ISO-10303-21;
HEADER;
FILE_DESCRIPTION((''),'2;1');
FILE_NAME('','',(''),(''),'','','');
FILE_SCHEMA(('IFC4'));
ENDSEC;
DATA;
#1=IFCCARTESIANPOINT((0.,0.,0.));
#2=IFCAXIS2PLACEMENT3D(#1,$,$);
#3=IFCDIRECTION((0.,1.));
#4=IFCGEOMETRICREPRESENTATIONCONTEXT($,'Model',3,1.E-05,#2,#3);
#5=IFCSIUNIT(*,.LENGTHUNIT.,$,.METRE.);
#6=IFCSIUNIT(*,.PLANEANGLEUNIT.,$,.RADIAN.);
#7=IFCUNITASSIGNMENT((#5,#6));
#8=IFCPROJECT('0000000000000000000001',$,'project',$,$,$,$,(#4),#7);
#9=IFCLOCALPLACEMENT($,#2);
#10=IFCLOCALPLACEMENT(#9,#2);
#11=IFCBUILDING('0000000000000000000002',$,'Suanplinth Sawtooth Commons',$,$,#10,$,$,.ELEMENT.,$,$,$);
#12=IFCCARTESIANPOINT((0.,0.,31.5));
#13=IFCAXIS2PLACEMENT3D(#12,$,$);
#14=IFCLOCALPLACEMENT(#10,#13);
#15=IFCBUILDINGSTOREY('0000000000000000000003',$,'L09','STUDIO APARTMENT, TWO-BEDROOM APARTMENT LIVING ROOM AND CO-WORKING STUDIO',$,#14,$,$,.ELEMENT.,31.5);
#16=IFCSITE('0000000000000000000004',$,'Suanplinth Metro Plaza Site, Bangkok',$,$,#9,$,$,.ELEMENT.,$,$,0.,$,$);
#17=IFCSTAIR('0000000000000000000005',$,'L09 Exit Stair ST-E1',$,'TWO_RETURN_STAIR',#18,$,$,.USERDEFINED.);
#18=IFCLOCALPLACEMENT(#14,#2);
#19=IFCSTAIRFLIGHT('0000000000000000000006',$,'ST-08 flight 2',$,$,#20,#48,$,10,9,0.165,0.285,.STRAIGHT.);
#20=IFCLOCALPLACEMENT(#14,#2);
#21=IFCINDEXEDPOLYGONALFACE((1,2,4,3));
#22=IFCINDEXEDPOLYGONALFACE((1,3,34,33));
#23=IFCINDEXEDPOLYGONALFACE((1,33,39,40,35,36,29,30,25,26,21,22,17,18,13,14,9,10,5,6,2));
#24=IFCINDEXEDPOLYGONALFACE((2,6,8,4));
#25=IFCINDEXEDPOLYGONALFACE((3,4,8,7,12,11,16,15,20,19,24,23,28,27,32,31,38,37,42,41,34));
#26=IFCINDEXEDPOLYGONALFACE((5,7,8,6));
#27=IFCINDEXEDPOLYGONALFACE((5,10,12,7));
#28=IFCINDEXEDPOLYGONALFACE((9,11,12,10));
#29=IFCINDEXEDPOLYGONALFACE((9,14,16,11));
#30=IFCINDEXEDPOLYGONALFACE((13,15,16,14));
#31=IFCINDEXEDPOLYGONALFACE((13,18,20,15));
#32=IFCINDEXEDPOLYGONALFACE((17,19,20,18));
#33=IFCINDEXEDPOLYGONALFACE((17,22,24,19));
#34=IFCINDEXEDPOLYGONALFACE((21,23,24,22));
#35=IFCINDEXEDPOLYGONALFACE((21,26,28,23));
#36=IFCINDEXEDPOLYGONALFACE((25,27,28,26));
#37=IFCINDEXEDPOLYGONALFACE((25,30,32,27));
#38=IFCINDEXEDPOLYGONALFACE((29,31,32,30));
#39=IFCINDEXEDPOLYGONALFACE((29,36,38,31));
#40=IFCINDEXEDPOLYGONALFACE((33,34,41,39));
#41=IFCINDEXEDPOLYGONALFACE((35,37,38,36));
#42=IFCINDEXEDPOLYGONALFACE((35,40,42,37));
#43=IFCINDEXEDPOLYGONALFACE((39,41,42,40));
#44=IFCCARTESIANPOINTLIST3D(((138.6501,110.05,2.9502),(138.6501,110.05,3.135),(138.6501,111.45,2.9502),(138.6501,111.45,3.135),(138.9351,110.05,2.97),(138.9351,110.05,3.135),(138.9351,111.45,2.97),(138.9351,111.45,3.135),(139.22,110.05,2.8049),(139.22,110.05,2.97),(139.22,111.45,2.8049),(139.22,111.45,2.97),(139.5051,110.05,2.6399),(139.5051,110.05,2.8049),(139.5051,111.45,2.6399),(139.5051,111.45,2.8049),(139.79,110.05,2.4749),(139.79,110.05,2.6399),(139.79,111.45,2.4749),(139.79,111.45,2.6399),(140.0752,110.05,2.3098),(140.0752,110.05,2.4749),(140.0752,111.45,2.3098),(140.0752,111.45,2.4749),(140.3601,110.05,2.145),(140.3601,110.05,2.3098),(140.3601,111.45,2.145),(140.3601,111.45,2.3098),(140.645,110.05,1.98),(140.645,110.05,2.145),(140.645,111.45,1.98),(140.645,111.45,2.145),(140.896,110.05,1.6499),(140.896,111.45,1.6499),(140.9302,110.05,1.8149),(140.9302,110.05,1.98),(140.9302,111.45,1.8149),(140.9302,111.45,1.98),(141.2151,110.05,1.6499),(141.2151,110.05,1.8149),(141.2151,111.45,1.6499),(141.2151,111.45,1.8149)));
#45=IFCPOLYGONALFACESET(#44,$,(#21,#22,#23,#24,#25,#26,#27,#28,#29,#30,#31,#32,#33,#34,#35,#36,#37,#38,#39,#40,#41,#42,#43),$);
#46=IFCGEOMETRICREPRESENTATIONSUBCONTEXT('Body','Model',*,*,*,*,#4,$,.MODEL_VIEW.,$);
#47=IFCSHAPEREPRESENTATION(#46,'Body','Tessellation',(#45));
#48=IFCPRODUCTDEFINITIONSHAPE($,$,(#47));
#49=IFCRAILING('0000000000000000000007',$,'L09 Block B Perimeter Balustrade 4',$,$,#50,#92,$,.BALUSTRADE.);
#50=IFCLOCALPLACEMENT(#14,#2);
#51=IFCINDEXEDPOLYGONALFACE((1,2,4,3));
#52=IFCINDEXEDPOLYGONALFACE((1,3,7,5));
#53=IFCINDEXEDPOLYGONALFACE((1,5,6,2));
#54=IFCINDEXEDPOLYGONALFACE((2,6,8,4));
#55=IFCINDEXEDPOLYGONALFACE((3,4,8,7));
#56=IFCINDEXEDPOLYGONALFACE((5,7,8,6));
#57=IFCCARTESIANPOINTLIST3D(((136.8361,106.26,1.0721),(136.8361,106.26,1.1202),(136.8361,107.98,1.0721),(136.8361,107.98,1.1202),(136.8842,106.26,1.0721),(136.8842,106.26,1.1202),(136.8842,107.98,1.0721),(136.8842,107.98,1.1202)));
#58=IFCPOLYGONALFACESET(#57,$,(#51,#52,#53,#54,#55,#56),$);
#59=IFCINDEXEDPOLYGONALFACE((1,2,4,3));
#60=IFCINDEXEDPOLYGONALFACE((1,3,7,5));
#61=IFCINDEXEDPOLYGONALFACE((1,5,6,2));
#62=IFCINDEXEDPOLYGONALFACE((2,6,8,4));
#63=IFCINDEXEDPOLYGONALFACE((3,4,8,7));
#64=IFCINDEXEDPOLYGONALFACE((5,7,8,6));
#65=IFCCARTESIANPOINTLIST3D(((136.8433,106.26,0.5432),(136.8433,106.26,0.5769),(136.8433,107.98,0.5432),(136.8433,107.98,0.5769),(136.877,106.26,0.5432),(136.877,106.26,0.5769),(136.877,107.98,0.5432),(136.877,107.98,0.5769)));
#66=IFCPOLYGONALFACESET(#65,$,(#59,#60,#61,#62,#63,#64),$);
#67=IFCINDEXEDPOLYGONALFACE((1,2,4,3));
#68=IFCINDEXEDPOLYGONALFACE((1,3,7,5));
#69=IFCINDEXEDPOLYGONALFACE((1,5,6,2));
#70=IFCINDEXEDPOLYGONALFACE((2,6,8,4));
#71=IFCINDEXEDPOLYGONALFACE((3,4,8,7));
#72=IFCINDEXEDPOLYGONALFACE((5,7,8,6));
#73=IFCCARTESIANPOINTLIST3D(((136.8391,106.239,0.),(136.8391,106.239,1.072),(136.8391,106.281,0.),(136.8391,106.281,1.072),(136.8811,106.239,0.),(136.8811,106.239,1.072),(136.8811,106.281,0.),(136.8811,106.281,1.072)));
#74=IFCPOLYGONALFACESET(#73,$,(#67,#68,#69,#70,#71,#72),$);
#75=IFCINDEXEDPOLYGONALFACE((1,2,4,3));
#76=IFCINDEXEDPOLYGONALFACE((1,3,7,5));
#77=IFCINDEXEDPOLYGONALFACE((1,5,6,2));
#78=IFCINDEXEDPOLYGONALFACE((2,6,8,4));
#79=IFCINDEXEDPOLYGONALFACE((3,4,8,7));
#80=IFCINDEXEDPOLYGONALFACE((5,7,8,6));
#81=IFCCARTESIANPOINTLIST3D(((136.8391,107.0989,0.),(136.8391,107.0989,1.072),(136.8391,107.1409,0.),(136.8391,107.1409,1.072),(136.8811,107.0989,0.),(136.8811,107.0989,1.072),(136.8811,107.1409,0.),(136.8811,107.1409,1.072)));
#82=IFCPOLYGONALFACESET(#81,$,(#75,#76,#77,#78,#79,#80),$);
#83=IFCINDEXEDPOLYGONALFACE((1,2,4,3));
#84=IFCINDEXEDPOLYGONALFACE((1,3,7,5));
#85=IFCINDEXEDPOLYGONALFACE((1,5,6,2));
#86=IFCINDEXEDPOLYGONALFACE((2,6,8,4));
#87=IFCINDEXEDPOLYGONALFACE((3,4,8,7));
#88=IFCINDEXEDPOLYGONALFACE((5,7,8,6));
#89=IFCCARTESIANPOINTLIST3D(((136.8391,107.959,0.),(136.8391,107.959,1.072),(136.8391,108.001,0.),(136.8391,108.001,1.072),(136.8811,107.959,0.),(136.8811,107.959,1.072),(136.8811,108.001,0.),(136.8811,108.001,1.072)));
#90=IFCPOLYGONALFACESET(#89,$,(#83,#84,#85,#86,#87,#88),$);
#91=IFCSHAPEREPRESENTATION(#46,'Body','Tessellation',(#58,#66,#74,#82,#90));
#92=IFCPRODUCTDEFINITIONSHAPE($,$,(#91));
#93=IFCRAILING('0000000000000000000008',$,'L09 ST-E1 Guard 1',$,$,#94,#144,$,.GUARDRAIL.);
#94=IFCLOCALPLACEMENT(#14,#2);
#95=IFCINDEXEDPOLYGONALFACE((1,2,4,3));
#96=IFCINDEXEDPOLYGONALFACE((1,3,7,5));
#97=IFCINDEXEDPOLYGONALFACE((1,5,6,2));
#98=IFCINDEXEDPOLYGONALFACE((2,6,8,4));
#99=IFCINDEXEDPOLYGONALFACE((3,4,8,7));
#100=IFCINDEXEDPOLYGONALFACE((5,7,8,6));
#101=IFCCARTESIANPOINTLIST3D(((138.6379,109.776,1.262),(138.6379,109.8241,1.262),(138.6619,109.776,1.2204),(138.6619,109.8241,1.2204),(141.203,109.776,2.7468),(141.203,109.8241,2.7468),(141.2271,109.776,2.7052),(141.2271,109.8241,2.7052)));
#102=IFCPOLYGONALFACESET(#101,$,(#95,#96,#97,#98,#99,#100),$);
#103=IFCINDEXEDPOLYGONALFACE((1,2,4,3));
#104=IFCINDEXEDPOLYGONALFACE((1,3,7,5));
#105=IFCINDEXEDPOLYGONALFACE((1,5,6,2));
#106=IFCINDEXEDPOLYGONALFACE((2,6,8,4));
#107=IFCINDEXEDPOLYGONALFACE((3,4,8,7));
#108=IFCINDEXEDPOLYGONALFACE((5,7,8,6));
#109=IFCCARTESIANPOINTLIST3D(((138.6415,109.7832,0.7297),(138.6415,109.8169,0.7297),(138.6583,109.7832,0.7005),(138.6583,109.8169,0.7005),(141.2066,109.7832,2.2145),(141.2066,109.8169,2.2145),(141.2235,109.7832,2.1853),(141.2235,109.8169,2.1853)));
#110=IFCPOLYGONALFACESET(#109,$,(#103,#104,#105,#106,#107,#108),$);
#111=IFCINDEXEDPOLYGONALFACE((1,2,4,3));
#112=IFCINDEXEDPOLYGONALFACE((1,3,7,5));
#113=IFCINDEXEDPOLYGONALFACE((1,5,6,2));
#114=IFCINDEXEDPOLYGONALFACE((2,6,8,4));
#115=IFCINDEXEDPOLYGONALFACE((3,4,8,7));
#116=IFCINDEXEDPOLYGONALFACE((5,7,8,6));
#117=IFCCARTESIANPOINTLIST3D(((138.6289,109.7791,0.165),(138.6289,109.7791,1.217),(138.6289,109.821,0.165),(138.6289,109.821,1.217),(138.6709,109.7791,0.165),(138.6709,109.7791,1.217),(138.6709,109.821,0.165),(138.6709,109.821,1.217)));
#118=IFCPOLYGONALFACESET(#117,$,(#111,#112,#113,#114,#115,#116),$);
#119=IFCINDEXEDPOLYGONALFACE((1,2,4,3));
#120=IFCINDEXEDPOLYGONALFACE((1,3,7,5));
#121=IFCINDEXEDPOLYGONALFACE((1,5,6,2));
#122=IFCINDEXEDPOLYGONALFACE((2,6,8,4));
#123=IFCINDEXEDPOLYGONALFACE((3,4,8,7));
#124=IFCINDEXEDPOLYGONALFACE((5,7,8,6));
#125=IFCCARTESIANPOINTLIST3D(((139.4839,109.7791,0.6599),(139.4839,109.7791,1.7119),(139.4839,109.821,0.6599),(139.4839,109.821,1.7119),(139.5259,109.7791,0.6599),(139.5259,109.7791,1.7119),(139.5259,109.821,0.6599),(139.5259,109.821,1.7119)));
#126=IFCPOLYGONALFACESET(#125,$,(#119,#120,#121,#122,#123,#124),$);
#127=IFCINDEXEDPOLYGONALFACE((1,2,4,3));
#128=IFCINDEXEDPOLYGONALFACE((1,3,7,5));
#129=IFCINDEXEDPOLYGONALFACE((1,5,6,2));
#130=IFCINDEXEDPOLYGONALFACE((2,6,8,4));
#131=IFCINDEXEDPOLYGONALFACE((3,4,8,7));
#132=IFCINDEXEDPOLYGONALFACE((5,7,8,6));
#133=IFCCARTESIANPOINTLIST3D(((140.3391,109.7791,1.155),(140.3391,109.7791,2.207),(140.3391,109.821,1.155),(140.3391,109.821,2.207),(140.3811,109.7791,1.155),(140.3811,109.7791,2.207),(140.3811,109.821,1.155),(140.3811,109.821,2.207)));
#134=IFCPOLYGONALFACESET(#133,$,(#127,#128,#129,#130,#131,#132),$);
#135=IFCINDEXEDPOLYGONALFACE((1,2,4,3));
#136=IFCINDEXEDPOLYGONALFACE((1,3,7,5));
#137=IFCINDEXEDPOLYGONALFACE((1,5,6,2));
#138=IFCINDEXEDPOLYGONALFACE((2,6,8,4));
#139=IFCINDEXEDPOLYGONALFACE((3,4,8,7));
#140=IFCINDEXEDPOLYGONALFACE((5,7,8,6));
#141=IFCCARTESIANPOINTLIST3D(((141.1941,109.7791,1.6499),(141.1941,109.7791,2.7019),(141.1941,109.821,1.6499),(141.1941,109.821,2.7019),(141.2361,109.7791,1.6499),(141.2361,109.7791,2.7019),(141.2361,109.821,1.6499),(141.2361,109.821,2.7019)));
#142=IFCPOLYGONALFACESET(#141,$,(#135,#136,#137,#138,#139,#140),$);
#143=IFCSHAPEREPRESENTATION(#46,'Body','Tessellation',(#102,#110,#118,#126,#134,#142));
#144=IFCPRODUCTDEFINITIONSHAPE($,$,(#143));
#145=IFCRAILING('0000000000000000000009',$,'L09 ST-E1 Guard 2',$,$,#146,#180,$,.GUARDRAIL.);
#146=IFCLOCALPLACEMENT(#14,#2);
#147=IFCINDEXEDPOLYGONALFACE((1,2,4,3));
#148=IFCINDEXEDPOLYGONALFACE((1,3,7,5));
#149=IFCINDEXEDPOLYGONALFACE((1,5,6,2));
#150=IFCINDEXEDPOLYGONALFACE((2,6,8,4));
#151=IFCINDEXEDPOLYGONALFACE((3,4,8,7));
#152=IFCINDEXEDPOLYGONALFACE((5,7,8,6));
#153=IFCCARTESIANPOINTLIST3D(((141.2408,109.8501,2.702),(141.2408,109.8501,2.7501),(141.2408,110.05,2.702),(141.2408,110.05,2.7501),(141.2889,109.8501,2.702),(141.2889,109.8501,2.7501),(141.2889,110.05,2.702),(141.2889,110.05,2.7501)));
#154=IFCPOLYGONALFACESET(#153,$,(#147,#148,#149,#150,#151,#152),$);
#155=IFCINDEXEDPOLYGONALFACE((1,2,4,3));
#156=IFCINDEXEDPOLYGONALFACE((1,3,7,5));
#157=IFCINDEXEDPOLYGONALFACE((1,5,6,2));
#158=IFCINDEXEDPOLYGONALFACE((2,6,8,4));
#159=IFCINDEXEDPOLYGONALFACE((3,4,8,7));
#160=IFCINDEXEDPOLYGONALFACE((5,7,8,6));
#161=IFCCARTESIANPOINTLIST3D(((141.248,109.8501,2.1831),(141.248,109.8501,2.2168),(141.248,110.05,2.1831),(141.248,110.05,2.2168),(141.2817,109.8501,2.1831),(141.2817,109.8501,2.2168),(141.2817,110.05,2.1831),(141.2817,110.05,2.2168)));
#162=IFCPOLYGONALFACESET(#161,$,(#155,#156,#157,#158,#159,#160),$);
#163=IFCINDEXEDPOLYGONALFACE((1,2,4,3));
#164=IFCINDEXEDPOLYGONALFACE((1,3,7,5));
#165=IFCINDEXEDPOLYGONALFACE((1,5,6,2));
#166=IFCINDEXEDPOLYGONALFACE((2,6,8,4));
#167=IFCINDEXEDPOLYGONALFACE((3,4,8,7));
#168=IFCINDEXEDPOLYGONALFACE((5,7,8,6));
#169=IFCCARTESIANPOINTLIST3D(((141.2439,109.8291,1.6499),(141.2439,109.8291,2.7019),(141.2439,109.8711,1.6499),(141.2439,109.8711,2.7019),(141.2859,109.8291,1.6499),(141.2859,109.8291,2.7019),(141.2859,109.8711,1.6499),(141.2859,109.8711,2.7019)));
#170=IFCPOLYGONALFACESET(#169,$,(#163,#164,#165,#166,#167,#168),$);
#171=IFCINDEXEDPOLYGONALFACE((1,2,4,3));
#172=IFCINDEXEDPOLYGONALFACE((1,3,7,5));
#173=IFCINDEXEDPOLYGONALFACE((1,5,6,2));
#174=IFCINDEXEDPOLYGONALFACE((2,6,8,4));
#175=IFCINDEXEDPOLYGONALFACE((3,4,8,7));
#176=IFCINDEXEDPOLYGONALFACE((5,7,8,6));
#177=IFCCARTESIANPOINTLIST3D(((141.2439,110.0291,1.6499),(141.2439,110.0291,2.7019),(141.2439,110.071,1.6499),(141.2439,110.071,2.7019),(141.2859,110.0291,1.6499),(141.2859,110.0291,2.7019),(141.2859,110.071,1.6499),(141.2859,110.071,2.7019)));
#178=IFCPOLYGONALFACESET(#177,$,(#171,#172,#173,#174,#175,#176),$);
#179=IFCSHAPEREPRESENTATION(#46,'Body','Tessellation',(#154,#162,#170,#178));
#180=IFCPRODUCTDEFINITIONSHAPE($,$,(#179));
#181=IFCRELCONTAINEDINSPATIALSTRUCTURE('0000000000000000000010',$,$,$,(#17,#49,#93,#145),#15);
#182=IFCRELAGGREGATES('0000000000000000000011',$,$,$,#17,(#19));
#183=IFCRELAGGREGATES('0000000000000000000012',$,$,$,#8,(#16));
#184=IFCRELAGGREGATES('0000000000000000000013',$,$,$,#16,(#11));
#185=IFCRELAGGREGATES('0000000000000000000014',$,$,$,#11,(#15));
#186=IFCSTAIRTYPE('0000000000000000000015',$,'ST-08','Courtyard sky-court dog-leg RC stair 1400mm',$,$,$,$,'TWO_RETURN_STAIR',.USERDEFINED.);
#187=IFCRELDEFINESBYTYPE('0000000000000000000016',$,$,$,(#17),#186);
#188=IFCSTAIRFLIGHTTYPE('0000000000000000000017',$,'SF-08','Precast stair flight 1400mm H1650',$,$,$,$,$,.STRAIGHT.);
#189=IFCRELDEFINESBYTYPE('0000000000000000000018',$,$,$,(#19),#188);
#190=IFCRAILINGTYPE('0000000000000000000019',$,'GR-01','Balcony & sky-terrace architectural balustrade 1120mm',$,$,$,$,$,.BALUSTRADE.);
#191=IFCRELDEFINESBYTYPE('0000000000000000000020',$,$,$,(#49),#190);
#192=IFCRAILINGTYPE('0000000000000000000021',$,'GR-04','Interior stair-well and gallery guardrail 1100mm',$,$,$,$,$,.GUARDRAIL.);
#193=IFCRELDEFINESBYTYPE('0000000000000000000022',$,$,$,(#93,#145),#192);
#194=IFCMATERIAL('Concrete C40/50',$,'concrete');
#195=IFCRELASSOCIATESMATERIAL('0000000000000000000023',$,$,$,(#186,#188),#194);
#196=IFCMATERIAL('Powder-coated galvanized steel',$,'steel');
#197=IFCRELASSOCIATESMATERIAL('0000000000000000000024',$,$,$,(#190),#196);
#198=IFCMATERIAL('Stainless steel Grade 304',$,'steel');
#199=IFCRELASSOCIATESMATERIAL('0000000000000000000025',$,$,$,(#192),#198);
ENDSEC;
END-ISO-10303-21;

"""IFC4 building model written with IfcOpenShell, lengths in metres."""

from ifc_helpers import new_model, si_unit, direction, frame, origin, origin_2d, place, context, subcontext, project, spatial, polyline, rectangle, outline, extrude, material, type_object, element, aggregate, save


model = new_model("IFC4")

# Units and contexts
model_context = context("Model", 3, precision=1e-05, world=origin(), true_north=direction((0.0, 1.0)))
body_context = subcontext(model_context, "Body", "Model", "MODEL_VIEW")
ifc_project = project(units=[si_unit("LENGTHUNIT", "METRE"), si_unit("PLANEANGLEUNIT", "RADIAN")], contexts=[model_context])

# Site, building, storey
site_placement = place(None, origin())
site = spatial("IfcSite", under=ifc_project, at=site_placement, Name="Suanplinth Metro Plaza Site, Bangkok", CompositionType="ELEMENT", RefElevation=0.0)
building_placement = place(site_placement, origin())
building = spatial("IfcBuilding", under=site, at=building_placement, Name="Suanplinth Sawtooth Commons", CompositionType="ELEMENT")
storey_placement = place(building_placement, frame((0.0, 0.0, 31.5)))
storey = spatial("IfcBuildingStorey", under=building, at=storey_placement, Name="L09", Description="STUDIO APARTMENT, TWO-BEDROOM APARTMENT LIVING ROOM AND CO-WORKING STUDIO", CompositionType="ELEMENT", Elevation=31.5)

# Shared definitions
ifc_material_1 = material(Name="Concrete C40/50", Category="concrete")

# Stair, stair flight
stair_type = type_object("IfcStairType", Name="ST-08", Description="Courtyard sky-court dog-leg RC stair 1400mm", ElementType="TWO_RETURN_STAIR", PredefinedType="USERDEFINED", material=ifc_material_1)
stair_placement = place(storey_placement, origin())
stair = element("IfcStair", 1, at=stair_placement, inside=storey, type_object=stair_type, Name="L09 Exit Stair ST-E1", ObjectType="TWO_RETURN_STAIR", PredefinedType="USERDEFINED")
stair_flight_type = type_object("IfcStairFlightType", Name="SF-08", Description="Precast stair flight 1400mm H1650", PredefinedType="STRAIGHT", material=ifc_material_1)
stair_flight_1_placement = place(storey_placement, frame((141.2151, 110.75, 1.6499), z_axis=(0.0, 0.0, 1.0), x_axis=(-1.0, 0.0, 0.0)))
stair_flight_1 = element("IfcStairFlight", 2, at=stair_flight_1_placement, type_object=stair_flight_type, Name="ST-08 flight 2", NumberOfRisers=10, NumberOfTreads=9, PredefinedType="STRAIGHT", RiserHeight=0.165, TreadLength=0.285, context=body_context, shape_type="SweptSolid", body=[
    extrude(outline(polyline([(0.0, 0.0), (0.0, 0.165), (0.2849, 0.165), (0.2849, 0.3301), (0.5701, 0.3301), (0.5701, 0.4951), (0.855, 0.4951), (0.855, 0.6599), (1.1399, 0.6599), (1.1399, 0.825), (1.425, 0.825), (1.425, 0.99), (1.71, 0.99), (1.71, 1.155), (1.9951, 1.155), (1.9951, 1.3201), (2.28, 1.3201), (2.28, 1.4851), (2.5649, 1.4851), (2.5649, 1.6499), (2.5649, 1.3003), (0.3191, 0.0), (0.0, 0.0)])), frame((0.0, 0.7, 0.0), z_axis=(0.0, -1.0, 0.0), x_axis=(1.0, 0.0, 0.0)), (0.0, 0.0, 1.0), 1.3999),
])
aggregate(stair, [stair_flight_1])

# Railings
ifc_material_2 = material(Name="Powder-coated galvanized steel", Category="steel")
railing_type_1 = type_object("IfcRailingType", Name="GR-01", Description="Balcony & sky-terrace architectural balustrade 1120mm", PredefinedType="BALUSTRADE", material=ifc_material_2)
railing_1_placement = place(storey_placement, frame((136.8601, 106.26, 0.0)))
element("IfcRailing", 3, at=railing_1_placement, inside=storey, type_object=railing_type_1, Name="L09 Block B Perimeter Balustrade 4", PredefinedType="BALUSTRADE", context=body_context, shape_type="SweptSolid", body=[
    extrude(rectangle(XDim=0.0481, YDim=0.0481, at=origin_2d()), frame((0.0, 0.0, 1.0962), z_axis=(0.0, 1.0, 0.0), x_axis=(-1.0, 0.0, 0.0)), (0.0, 0.0, 1.0), 1.72),
    extrude(rectangle(XDim=0.0337, YDim=0.0337, at=origin_2d()), frame((0.0, 0.0, 0.5601), z_axis=(0.0, 1.0, 0.0), x_axis=(-1.0, 0.0, 0.0)), (0.0, 0.0, 1.0), 1.72),
    extrude(rectangle(XDim=0.042, YDim=0.042, at=origin_2d()), origin(), (0.0, 0.0, 1.0), 1.072),
    extrude(rectangle(XDim=0.042, YDim=0.042, at=origin_2d()), frame((0.0, 0.8599, 0.0)), (0.0, 0.0, 1.0), 1.072),
    extrude(rectangle(XDim=0.042, YDim=0.042, at=origin_2d()), frame((0.0, 1.72, 0.0)), (0.0, 0.0, 1.0), 1.072),
])
ifc_material_3 = material(Name="Stainless steel Grade 304", Category="steel")
railing_type_2 = type_object("IfcRailingType", Name="GR-04", Description="Interior stair-well and gallery guardrail 1100mm", PredefinedType="GUARDRAIL", material=ifc_material_3)
railing_2_placement = place(storey_placement, frame((138.6499, 109.8, 0.165)))
element("IfcRailing", 4, at=railing_2_placement, inside=storey, type_object=railing_type_2, Name="L09 ST-E1 Guard 1", PredefinedType="GUARDRAIL", context=body_context, shape_type="SweptSolid", body=[
    extrude(rectangle(XDim=0.0481, YDim=0.0481, at=origin_2d()), frame((0.0, 0.0, 1.0762), z_axis=(0.865462, 0.0, 0.500975), x_axis=(0.0, 1.0, 0.0)), (0.0, 0.0, 1.0), 2.9639),
    extrude(rectangle(XDim=0.0337, YDim=0.0337, at=origin_2d()), frame((0.0, 0.0, 0.55), z_axis=(0.865462, 0.0, 0.500975), x_axis=(0.0, 1.0, 0.0)), (0.0, 0.0, 1.0), 2.9639),
    extrude(rectangle(XDim=0.042, YDim=0.042, at=origin_2d()), origin(), (0.0, 0.0, 1.0), 1.052),
    extrude(rectangle(XDim=0.042, YDim=0.042, at=origin_2d()), frame((0.855, 0.0, 0.4949)), (0.0, 0.0, 1.0), 1.052),
    extrude(rectangle(XDim=0.042, YDim=0.042, at=origin_2d()), frame((1.7102, 0.0, 0.99)), (0.0, 0.0, 1.0), 1.052),
    extrude(rectangle(XDim=0.042, YDim=0.042, at=origin_2d()), frame((2.5652, 0.0, 1.4849)), (0.0, 0.0, 1.0), 1.052),
])
railing_3_placement = place(storey_placement, frame((141.2649, 109.8501, 1.6499)))
element("IfcRailing", 5, at=railing_3_placement, inside=storey, type_object=railing_type_2, Name="L09 ST-E1 Guard 2", PredefinedType="GUARDRAIL", context=body_context, shape_type="SweptSolid", body=[
    extrude(rectangle(XDim=0.0481, YDim=0.0481, at=origin_2d()), frame((0.0, 0.0, 1.0762), z_axis=(0.0, 1.0, 0.0), x_axis=(-1.0, 0.0, 0.0)), (0.0, 0.0, 1.0), 0.2),
    extrude(rectangle(XDim=0.0337, YDim=0.0337, at=origin_2d()), frame((0.0, 0.0, 0.55), z_axis=(0.0, 1.0, 0.0), x_axis=(-1.0, 0.0, 0.0)), (0.0, 0.0, 1.0), 0.2),
    extrude(rectangle(XDim=0.042, YDim=0.042, at=origin_2d()), origin(), (0.0, 0.0, 1.0), 1.052),
    extrude(rectangle(XDim=0.042, YDim=0.042, at=origin_2d()), frame((0.0, 0.2, 0.0)), (0.0, 0.0, 1.0), 1.052),
])

save(model, "model.ifc")
